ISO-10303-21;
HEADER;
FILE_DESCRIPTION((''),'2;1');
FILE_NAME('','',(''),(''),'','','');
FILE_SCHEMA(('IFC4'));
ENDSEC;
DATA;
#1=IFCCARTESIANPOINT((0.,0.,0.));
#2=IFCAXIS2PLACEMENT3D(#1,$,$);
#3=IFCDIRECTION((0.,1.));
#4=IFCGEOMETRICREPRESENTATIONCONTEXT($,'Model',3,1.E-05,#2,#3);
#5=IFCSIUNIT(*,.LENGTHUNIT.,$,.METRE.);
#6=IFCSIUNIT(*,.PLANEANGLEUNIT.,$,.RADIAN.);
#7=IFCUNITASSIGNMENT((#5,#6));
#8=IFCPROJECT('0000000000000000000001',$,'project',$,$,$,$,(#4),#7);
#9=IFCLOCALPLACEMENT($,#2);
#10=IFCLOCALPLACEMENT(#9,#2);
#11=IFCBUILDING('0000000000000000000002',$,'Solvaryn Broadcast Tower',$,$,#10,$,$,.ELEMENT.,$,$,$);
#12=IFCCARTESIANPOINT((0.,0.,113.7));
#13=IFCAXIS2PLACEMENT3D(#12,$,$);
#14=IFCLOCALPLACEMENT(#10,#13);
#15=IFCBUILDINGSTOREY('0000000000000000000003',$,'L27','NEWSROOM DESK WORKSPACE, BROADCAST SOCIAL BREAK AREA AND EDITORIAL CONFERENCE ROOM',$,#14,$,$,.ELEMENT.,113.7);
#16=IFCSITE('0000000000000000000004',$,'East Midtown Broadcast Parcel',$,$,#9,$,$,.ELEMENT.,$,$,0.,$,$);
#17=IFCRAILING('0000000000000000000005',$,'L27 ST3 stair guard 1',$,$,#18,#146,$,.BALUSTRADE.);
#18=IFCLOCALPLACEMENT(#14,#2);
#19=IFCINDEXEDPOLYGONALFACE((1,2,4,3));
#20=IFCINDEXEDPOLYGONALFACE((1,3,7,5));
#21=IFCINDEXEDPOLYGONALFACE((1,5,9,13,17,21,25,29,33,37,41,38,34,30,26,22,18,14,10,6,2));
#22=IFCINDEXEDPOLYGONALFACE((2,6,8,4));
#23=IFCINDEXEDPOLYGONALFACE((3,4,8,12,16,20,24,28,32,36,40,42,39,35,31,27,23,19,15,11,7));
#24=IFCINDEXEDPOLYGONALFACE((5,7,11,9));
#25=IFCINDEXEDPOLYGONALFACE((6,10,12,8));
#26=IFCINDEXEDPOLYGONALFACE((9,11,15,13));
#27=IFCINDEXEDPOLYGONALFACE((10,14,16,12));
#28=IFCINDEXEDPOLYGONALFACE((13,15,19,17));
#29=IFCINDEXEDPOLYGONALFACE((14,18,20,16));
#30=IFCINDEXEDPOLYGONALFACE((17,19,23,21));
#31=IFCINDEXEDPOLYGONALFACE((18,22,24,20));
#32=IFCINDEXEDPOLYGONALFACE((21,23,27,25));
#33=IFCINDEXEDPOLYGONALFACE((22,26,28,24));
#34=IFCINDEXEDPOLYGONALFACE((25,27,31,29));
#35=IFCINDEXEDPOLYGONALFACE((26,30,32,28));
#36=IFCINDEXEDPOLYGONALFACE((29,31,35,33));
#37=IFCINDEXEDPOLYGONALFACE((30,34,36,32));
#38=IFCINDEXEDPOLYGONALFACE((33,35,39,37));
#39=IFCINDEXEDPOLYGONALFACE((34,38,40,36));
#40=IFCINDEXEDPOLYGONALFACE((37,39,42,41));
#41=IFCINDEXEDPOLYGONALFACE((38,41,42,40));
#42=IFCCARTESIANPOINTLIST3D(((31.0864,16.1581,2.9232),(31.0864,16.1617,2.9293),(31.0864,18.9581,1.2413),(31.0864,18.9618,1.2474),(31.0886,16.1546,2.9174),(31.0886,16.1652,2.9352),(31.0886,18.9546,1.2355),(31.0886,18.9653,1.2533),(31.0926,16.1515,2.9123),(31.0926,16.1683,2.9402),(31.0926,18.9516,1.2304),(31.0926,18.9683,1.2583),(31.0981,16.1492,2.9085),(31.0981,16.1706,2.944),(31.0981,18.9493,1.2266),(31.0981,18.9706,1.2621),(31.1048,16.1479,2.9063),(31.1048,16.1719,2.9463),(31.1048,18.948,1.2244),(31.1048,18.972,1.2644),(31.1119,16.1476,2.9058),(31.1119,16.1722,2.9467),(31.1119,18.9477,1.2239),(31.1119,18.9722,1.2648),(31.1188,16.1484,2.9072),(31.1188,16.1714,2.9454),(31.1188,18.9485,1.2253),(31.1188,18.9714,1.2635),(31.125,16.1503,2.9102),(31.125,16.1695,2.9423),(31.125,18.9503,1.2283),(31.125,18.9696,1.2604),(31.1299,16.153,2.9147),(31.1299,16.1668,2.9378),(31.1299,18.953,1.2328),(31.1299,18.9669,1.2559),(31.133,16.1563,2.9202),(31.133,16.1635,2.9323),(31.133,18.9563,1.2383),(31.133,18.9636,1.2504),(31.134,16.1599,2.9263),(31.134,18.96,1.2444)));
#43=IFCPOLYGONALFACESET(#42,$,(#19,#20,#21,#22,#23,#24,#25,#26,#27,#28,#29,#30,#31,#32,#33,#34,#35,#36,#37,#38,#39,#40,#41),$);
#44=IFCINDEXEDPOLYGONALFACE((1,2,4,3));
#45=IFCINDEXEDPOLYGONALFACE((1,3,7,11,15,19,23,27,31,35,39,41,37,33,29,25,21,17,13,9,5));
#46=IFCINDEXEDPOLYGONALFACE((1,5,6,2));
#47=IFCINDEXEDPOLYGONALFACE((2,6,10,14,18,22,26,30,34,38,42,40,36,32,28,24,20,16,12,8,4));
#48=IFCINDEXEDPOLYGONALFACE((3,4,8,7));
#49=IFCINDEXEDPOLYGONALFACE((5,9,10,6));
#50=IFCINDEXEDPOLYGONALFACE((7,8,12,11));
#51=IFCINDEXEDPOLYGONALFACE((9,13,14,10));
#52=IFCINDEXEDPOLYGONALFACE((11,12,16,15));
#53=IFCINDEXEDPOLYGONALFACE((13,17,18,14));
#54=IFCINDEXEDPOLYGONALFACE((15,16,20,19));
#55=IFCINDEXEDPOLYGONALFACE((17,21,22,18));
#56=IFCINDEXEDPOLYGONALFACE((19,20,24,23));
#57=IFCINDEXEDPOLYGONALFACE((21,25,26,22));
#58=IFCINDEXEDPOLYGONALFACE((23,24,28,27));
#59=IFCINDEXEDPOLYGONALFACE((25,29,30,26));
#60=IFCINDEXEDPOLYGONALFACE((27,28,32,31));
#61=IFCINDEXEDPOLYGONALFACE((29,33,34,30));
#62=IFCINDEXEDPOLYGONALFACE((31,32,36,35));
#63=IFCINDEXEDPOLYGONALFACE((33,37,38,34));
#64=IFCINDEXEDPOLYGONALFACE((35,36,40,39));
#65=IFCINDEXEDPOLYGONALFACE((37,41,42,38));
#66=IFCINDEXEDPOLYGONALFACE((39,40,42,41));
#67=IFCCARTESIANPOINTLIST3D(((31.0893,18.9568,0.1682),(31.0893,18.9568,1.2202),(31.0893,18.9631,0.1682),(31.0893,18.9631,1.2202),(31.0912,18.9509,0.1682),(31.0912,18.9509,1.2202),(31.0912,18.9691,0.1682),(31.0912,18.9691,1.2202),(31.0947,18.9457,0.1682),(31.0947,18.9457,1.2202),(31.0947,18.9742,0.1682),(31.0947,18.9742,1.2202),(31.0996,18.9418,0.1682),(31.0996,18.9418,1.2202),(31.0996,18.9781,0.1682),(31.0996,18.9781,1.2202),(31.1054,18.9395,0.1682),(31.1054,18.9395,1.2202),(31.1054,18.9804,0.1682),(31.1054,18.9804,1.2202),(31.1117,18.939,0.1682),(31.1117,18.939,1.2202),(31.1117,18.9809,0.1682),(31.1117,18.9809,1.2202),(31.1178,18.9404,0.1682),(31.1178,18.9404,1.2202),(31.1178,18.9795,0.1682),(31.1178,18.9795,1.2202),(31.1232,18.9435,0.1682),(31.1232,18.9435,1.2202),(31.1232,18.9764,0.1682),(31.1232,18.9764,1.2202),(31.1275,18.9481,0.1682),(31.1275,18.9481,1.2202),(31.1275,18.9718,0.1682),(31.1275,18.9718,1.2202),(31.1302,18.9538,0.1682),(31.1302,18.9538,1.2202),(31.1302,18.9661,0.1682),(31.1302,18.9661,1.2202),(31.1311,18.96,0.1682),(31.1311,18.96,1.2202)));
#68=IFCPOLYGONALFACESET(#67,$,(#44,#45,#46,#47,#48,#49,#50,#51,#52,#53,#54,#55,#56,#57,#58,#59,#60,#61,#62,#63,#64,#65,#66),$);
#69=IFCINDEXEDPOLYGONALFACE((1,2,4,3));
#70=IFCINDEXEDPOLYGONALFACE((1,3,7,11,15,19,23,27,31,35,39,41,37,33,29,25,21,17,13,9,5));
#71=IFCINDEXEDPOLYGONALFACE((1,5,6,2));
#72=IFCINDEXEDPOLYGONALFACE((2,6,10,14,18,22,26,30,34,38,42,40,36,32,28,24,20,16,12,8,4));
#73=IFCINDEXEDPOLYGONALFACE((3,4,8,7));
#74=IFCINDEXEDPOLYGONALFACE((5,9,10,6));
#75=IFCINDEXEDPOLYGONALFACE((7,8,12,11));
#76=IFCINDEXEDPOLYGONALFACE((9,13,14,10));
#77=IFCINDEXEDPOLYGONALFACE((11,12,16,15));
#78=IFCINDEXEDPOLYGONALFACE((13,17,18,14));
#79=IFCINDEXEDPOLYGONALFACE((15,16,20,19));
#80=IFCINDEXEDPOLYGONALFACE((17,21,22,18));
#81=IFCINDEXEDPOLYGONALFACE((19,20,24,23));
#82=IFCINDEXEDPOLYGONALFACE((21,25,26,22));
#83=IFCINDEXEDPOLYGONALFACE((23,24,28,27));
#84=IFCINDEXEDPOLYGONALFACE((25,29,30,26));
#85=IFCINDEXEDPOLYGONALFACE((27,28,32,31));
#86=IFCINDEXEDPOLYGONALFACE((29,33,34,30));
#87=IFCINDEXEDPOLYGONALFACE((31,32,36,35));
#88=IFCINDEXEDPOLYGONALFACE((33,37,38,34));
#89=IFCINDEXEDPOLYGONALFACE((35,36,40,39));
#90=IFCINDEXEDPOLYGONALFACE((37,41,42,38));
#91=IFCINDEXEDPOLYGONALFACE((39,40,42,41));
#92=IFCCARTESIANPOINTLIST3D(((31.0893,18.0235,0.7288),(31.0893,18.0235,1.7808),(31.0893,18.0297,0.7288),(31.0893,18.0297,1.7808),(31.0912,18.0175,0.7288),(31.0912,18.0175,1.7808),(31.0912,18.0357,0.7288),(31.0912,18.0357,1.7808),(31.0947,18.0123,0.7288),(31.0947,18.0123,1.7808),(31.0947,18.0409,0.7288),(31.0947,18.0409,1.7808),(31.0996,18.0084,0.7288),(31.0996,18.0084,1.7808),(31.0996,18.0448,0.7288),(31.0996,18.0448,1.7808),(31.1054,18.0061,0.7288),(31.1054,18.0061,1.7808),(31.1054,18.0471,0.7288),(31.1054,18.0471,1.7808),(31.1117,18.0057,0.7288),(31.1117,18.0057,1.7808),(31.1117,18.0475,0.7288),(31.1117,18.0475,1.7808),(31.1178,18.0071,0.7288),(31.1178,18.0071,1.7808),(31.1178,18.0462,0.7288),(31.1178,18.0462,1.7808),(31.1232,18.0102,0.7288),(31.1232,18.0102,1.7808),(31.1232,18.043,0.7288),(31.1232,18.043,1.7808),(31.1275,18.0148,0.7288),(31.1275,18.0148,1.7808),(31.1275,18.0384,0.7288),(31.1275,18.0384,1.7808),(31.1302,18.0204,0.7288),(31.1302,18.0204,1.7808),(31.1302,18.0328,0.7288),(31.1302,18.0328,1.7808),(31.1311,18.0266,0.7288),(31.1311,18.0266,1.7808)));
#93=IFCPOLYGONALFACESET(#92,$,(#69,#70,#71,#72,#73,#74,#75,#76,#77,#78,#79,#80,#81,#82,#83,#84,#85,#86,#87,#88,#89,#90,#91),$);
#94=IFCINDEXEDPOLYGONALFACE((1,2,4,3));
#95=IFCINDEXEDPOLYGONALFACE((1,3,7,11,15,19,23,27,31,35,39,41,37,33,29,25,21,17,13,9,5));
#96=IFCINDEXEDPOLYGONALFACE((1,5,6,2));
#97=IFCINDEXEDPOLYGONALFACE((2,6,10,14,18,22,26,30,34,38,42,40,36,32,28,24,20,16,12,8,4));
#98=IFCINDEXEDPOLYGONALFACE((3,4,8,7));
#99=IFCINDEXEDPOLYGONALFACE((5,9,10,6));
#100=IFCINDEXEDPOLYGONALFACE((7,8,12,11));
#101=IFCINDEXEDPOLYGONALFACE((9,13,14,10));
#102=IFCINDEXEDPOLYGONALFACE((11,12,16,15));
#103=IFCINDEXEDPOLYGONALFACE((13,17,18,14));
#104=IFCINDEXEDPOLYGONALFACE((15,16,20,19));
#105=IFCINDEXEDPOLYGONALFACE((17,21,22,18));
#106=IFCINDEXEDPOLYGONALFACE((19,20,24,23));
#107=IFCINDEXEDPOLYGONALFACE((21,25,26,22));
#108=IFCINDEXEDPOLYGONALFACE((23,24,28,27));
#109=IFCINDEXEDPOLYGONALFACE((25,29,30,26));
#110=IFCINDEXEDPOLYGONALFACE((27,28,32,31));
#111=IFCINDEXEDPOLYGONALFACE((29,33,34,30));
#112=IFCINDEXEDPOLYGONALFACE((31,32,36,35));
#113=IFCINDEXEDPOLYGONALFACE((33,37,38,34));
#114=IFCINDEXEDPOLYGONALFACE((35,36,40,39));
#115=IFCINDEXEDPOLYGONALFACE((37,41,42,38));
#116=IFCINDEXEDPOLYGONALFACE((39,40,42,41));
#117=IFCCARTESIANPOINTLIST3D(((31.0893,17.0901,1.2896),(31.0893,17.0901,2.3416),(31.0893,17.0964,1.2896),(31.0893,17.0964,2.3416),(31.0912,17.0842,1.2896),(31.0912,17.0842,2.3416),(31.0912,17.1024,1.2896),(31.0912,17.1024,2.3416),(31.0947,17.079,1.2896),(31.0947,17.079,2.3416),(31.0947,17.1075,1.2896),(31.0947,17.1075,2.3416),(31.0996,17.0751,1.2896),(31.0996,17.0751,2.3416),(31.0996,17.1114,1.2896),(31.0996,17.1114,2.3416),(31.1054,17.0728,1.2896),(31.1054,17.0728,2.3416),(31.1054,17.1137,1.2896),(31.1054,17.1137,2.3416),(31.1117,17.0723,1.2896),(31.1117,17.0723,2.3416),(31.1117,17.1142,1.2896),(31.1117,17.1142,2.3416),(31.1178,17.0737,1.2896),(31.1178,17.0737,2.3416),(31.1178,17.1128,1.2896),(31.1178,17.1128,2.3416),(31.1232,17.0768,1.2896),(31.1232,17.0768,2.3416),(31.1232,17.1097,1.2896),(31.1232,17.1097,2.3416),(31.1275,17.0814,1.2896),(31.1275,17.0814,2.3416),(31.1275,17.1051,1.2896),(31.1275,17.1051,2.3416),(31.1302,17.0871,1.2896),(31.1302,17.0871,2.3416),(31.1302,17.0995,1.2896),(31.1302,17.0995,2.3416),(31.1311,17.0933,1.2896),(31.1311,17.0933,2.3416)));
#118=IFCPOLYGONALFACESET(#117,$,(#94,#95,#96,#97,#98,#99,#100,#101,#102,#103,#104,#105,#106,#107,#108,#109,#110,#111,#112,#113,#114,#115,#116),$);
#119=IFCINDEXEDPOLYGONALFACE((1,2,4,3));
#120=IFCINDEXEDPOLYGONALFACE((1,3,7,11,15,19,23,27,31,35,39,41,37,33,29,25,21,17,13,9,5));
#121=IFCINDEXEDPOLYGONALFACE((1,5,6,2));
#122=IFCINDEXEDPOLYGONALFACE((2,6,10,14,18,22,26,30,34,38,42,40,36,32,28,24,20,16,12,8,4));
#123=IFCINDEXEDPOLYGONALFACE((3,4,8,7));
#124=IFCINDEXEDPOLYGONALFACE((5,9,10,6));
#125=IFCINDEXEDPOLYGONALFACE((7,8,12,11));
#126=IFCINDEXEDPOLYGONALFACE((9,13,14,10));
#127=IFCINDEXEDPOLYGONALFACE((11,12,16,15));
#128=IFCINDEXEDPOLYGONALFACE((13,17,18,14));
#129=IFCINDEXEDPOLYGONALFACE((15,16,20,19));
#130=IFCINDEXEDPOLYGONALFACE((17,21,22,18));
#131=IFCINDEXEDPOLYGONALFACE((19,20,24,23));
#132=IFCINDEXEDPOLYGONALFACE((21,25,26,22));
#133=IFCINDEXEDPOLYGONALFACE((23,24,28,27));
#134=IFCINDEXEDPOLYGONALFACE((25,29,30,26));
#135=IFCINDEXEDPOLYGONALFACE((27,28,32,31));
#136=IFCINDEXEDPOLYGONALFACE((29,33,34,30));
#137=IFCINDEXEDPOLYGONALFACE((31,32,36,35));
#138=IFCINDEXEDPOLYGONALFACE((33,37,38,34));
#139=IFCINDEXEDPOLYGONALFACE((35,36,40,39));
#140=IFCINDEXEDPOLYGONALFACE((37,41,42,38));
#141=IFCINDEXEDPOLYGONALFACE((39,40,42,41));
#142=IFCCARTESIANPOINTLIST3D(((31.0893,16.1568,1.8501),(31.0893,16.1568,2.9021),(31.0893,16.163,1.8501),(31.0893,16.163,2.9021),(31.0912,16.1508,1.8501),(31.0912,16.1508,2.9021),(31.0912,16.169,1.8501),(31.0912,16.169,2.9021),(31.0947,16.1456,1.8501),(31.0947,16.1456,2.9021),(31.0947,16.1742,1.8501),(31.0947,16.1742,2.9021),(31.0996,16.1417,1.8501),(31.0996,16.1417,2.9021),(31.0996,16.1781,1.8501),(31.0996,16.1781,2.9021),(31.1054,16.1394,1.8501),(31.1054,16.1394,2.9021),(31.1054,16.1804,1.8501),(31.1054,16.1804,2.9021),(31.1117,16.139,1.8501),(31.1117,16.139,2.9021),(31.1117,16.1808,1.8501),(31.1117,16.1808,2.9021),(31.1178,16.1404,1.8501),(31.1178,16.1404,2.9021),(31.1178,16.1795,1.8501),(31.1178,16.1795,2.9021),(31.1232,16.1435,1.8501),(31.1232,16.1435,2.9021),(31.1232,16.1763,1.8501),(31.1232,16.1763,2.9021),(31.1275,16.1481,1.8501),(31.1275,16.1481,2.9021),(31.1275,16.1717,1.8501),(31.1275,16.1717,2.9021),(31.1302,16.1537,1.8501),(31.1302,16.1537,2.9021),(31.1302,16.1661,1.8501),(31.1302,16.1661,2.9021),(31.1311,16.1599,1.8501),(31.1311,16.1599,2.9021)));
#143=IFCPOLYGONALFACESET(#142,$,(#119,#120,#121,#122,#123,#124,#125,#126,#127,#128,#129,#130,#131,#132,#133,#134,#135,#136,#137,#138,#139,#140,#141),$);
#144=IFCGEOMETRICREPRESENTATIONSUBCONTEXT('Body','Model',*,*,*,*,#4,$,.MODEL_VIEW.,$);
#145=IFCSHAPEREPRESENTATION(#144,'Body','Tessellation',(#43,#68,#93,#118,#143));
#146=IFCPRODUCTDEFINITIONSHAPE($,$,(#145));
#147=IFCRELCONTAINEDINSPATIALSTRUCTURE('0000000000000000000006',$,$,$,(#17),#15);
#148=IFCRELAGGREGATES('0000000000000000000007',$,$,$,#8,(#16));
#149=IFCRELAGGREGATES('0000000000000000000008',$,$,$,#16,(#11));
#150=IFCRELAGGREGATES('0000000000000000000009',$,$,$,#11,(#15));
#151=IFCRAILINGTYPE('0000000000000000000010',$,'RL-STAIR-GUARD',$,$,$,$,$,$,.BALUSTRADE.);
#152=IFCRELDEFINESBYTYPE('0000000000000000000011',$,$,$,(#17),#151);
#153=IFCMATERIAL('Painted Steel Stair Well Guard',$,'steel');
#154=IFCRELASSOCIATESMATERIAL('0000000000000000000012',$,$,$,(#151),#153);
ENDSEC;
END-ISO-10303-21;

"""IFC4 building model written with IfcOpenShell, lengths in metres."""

from ifc_helpers import new_model, si_unit, direction, frame, origin, origin_2d, place, context, subcontext, project, spatial, circle, extrude, material, type_object, element, save


model = new_model("IFC4")

# Units and contexts
model_context = context("Model", 3, precision=1e-05, world=origin(), true_north=direction((0.0, 1.0)))
body_context = subcontext(model_context, "Body", "Model", "MODEL_VIEW")
ifc_project = project(units=[si_unit("LENGTHUNIT", "METRE"), si_unit("PLANEANGLEUNIT", "RADIAN")], contexts=[model_context])

# Site, building, storey
site_placement = place(None, origin())
site = spatial("IfcSite", under=ifc_project, at=site_placement, Name="East Midtown Broadcast Parcel", CompositionType="ELEMENT", RefElevation=0.0)
building_placement = place(site_placement, origin())
building = spatial("IfcBuilding", under=site, at=building_placement, Name="Solvaryn Broadcast Tower", CompositionType="ELEMENT")
storey_placement = place(building_placement, frame((0.0, 0.0, 113.7)))
storey = spatial("IfcBuildingStorey", under=building, at=storey_placement, Name="L27", Description="NEWSROOM DESK WORKSPACE, BROADCAST SOCIAL BREAK AREA AND EDITORIAL CONFERENCE ROOM", CompositionType="ELEMENT", Elevation=113.7)

# Railing
ifc_material_1 = material(Name="Painted Steel Stair Well Guard", Category="steel")
railing_type_1 = type_object("IfcRailingType", Name="RL-STAIR-GUARD", PredefinedType="BALUSTRADE", material=ifc_material_1)
railing_1_placement = place(storey_placement, frame((31.1101, 18.96, 0.1682)))
element("IfcRailing", 1, at=railing_1_placement, inside=storey, type_object=railing_type_1, Name="L27 ST3 stair guard 1", PredefinedType="BALUSTRADE", context=body_context, shape_type="SweptSolid", body=[
    extrude(circle(Radius=0.0239, at=origin_2d()), frame((0.0, 0.0, 1.0762), z_axis=(0.0, -0.857242, 0.514913), x_axis=(1.0, 0.0, 0.0)), (0.0, 0.0, 1.0), 3.2664),
    extrude(circle(Radius=0.021, at=origin_2d()), origin(), (0.0, 0.0, 1.0), 1.052),
    extrude(circle(Radius=0.021, at=origin_2d()), frame((0.0, -0.9333, 0.5605)), (0.0, 0.0, 1.0), 1.052),
    extrude(circle(Radius=0.021, at=origin_2d()), frame((0.0, -1.8667, 1.1213)), (0.0, 0.0, 1.0), 1.052),
    extrude(circle(Radius=0.021, at=origin_2d()), frame((0.0, -2.8, 1.6819)), (0.0, 0.0, 1.0), 1.052),
])

save(model, "model.ifc")
